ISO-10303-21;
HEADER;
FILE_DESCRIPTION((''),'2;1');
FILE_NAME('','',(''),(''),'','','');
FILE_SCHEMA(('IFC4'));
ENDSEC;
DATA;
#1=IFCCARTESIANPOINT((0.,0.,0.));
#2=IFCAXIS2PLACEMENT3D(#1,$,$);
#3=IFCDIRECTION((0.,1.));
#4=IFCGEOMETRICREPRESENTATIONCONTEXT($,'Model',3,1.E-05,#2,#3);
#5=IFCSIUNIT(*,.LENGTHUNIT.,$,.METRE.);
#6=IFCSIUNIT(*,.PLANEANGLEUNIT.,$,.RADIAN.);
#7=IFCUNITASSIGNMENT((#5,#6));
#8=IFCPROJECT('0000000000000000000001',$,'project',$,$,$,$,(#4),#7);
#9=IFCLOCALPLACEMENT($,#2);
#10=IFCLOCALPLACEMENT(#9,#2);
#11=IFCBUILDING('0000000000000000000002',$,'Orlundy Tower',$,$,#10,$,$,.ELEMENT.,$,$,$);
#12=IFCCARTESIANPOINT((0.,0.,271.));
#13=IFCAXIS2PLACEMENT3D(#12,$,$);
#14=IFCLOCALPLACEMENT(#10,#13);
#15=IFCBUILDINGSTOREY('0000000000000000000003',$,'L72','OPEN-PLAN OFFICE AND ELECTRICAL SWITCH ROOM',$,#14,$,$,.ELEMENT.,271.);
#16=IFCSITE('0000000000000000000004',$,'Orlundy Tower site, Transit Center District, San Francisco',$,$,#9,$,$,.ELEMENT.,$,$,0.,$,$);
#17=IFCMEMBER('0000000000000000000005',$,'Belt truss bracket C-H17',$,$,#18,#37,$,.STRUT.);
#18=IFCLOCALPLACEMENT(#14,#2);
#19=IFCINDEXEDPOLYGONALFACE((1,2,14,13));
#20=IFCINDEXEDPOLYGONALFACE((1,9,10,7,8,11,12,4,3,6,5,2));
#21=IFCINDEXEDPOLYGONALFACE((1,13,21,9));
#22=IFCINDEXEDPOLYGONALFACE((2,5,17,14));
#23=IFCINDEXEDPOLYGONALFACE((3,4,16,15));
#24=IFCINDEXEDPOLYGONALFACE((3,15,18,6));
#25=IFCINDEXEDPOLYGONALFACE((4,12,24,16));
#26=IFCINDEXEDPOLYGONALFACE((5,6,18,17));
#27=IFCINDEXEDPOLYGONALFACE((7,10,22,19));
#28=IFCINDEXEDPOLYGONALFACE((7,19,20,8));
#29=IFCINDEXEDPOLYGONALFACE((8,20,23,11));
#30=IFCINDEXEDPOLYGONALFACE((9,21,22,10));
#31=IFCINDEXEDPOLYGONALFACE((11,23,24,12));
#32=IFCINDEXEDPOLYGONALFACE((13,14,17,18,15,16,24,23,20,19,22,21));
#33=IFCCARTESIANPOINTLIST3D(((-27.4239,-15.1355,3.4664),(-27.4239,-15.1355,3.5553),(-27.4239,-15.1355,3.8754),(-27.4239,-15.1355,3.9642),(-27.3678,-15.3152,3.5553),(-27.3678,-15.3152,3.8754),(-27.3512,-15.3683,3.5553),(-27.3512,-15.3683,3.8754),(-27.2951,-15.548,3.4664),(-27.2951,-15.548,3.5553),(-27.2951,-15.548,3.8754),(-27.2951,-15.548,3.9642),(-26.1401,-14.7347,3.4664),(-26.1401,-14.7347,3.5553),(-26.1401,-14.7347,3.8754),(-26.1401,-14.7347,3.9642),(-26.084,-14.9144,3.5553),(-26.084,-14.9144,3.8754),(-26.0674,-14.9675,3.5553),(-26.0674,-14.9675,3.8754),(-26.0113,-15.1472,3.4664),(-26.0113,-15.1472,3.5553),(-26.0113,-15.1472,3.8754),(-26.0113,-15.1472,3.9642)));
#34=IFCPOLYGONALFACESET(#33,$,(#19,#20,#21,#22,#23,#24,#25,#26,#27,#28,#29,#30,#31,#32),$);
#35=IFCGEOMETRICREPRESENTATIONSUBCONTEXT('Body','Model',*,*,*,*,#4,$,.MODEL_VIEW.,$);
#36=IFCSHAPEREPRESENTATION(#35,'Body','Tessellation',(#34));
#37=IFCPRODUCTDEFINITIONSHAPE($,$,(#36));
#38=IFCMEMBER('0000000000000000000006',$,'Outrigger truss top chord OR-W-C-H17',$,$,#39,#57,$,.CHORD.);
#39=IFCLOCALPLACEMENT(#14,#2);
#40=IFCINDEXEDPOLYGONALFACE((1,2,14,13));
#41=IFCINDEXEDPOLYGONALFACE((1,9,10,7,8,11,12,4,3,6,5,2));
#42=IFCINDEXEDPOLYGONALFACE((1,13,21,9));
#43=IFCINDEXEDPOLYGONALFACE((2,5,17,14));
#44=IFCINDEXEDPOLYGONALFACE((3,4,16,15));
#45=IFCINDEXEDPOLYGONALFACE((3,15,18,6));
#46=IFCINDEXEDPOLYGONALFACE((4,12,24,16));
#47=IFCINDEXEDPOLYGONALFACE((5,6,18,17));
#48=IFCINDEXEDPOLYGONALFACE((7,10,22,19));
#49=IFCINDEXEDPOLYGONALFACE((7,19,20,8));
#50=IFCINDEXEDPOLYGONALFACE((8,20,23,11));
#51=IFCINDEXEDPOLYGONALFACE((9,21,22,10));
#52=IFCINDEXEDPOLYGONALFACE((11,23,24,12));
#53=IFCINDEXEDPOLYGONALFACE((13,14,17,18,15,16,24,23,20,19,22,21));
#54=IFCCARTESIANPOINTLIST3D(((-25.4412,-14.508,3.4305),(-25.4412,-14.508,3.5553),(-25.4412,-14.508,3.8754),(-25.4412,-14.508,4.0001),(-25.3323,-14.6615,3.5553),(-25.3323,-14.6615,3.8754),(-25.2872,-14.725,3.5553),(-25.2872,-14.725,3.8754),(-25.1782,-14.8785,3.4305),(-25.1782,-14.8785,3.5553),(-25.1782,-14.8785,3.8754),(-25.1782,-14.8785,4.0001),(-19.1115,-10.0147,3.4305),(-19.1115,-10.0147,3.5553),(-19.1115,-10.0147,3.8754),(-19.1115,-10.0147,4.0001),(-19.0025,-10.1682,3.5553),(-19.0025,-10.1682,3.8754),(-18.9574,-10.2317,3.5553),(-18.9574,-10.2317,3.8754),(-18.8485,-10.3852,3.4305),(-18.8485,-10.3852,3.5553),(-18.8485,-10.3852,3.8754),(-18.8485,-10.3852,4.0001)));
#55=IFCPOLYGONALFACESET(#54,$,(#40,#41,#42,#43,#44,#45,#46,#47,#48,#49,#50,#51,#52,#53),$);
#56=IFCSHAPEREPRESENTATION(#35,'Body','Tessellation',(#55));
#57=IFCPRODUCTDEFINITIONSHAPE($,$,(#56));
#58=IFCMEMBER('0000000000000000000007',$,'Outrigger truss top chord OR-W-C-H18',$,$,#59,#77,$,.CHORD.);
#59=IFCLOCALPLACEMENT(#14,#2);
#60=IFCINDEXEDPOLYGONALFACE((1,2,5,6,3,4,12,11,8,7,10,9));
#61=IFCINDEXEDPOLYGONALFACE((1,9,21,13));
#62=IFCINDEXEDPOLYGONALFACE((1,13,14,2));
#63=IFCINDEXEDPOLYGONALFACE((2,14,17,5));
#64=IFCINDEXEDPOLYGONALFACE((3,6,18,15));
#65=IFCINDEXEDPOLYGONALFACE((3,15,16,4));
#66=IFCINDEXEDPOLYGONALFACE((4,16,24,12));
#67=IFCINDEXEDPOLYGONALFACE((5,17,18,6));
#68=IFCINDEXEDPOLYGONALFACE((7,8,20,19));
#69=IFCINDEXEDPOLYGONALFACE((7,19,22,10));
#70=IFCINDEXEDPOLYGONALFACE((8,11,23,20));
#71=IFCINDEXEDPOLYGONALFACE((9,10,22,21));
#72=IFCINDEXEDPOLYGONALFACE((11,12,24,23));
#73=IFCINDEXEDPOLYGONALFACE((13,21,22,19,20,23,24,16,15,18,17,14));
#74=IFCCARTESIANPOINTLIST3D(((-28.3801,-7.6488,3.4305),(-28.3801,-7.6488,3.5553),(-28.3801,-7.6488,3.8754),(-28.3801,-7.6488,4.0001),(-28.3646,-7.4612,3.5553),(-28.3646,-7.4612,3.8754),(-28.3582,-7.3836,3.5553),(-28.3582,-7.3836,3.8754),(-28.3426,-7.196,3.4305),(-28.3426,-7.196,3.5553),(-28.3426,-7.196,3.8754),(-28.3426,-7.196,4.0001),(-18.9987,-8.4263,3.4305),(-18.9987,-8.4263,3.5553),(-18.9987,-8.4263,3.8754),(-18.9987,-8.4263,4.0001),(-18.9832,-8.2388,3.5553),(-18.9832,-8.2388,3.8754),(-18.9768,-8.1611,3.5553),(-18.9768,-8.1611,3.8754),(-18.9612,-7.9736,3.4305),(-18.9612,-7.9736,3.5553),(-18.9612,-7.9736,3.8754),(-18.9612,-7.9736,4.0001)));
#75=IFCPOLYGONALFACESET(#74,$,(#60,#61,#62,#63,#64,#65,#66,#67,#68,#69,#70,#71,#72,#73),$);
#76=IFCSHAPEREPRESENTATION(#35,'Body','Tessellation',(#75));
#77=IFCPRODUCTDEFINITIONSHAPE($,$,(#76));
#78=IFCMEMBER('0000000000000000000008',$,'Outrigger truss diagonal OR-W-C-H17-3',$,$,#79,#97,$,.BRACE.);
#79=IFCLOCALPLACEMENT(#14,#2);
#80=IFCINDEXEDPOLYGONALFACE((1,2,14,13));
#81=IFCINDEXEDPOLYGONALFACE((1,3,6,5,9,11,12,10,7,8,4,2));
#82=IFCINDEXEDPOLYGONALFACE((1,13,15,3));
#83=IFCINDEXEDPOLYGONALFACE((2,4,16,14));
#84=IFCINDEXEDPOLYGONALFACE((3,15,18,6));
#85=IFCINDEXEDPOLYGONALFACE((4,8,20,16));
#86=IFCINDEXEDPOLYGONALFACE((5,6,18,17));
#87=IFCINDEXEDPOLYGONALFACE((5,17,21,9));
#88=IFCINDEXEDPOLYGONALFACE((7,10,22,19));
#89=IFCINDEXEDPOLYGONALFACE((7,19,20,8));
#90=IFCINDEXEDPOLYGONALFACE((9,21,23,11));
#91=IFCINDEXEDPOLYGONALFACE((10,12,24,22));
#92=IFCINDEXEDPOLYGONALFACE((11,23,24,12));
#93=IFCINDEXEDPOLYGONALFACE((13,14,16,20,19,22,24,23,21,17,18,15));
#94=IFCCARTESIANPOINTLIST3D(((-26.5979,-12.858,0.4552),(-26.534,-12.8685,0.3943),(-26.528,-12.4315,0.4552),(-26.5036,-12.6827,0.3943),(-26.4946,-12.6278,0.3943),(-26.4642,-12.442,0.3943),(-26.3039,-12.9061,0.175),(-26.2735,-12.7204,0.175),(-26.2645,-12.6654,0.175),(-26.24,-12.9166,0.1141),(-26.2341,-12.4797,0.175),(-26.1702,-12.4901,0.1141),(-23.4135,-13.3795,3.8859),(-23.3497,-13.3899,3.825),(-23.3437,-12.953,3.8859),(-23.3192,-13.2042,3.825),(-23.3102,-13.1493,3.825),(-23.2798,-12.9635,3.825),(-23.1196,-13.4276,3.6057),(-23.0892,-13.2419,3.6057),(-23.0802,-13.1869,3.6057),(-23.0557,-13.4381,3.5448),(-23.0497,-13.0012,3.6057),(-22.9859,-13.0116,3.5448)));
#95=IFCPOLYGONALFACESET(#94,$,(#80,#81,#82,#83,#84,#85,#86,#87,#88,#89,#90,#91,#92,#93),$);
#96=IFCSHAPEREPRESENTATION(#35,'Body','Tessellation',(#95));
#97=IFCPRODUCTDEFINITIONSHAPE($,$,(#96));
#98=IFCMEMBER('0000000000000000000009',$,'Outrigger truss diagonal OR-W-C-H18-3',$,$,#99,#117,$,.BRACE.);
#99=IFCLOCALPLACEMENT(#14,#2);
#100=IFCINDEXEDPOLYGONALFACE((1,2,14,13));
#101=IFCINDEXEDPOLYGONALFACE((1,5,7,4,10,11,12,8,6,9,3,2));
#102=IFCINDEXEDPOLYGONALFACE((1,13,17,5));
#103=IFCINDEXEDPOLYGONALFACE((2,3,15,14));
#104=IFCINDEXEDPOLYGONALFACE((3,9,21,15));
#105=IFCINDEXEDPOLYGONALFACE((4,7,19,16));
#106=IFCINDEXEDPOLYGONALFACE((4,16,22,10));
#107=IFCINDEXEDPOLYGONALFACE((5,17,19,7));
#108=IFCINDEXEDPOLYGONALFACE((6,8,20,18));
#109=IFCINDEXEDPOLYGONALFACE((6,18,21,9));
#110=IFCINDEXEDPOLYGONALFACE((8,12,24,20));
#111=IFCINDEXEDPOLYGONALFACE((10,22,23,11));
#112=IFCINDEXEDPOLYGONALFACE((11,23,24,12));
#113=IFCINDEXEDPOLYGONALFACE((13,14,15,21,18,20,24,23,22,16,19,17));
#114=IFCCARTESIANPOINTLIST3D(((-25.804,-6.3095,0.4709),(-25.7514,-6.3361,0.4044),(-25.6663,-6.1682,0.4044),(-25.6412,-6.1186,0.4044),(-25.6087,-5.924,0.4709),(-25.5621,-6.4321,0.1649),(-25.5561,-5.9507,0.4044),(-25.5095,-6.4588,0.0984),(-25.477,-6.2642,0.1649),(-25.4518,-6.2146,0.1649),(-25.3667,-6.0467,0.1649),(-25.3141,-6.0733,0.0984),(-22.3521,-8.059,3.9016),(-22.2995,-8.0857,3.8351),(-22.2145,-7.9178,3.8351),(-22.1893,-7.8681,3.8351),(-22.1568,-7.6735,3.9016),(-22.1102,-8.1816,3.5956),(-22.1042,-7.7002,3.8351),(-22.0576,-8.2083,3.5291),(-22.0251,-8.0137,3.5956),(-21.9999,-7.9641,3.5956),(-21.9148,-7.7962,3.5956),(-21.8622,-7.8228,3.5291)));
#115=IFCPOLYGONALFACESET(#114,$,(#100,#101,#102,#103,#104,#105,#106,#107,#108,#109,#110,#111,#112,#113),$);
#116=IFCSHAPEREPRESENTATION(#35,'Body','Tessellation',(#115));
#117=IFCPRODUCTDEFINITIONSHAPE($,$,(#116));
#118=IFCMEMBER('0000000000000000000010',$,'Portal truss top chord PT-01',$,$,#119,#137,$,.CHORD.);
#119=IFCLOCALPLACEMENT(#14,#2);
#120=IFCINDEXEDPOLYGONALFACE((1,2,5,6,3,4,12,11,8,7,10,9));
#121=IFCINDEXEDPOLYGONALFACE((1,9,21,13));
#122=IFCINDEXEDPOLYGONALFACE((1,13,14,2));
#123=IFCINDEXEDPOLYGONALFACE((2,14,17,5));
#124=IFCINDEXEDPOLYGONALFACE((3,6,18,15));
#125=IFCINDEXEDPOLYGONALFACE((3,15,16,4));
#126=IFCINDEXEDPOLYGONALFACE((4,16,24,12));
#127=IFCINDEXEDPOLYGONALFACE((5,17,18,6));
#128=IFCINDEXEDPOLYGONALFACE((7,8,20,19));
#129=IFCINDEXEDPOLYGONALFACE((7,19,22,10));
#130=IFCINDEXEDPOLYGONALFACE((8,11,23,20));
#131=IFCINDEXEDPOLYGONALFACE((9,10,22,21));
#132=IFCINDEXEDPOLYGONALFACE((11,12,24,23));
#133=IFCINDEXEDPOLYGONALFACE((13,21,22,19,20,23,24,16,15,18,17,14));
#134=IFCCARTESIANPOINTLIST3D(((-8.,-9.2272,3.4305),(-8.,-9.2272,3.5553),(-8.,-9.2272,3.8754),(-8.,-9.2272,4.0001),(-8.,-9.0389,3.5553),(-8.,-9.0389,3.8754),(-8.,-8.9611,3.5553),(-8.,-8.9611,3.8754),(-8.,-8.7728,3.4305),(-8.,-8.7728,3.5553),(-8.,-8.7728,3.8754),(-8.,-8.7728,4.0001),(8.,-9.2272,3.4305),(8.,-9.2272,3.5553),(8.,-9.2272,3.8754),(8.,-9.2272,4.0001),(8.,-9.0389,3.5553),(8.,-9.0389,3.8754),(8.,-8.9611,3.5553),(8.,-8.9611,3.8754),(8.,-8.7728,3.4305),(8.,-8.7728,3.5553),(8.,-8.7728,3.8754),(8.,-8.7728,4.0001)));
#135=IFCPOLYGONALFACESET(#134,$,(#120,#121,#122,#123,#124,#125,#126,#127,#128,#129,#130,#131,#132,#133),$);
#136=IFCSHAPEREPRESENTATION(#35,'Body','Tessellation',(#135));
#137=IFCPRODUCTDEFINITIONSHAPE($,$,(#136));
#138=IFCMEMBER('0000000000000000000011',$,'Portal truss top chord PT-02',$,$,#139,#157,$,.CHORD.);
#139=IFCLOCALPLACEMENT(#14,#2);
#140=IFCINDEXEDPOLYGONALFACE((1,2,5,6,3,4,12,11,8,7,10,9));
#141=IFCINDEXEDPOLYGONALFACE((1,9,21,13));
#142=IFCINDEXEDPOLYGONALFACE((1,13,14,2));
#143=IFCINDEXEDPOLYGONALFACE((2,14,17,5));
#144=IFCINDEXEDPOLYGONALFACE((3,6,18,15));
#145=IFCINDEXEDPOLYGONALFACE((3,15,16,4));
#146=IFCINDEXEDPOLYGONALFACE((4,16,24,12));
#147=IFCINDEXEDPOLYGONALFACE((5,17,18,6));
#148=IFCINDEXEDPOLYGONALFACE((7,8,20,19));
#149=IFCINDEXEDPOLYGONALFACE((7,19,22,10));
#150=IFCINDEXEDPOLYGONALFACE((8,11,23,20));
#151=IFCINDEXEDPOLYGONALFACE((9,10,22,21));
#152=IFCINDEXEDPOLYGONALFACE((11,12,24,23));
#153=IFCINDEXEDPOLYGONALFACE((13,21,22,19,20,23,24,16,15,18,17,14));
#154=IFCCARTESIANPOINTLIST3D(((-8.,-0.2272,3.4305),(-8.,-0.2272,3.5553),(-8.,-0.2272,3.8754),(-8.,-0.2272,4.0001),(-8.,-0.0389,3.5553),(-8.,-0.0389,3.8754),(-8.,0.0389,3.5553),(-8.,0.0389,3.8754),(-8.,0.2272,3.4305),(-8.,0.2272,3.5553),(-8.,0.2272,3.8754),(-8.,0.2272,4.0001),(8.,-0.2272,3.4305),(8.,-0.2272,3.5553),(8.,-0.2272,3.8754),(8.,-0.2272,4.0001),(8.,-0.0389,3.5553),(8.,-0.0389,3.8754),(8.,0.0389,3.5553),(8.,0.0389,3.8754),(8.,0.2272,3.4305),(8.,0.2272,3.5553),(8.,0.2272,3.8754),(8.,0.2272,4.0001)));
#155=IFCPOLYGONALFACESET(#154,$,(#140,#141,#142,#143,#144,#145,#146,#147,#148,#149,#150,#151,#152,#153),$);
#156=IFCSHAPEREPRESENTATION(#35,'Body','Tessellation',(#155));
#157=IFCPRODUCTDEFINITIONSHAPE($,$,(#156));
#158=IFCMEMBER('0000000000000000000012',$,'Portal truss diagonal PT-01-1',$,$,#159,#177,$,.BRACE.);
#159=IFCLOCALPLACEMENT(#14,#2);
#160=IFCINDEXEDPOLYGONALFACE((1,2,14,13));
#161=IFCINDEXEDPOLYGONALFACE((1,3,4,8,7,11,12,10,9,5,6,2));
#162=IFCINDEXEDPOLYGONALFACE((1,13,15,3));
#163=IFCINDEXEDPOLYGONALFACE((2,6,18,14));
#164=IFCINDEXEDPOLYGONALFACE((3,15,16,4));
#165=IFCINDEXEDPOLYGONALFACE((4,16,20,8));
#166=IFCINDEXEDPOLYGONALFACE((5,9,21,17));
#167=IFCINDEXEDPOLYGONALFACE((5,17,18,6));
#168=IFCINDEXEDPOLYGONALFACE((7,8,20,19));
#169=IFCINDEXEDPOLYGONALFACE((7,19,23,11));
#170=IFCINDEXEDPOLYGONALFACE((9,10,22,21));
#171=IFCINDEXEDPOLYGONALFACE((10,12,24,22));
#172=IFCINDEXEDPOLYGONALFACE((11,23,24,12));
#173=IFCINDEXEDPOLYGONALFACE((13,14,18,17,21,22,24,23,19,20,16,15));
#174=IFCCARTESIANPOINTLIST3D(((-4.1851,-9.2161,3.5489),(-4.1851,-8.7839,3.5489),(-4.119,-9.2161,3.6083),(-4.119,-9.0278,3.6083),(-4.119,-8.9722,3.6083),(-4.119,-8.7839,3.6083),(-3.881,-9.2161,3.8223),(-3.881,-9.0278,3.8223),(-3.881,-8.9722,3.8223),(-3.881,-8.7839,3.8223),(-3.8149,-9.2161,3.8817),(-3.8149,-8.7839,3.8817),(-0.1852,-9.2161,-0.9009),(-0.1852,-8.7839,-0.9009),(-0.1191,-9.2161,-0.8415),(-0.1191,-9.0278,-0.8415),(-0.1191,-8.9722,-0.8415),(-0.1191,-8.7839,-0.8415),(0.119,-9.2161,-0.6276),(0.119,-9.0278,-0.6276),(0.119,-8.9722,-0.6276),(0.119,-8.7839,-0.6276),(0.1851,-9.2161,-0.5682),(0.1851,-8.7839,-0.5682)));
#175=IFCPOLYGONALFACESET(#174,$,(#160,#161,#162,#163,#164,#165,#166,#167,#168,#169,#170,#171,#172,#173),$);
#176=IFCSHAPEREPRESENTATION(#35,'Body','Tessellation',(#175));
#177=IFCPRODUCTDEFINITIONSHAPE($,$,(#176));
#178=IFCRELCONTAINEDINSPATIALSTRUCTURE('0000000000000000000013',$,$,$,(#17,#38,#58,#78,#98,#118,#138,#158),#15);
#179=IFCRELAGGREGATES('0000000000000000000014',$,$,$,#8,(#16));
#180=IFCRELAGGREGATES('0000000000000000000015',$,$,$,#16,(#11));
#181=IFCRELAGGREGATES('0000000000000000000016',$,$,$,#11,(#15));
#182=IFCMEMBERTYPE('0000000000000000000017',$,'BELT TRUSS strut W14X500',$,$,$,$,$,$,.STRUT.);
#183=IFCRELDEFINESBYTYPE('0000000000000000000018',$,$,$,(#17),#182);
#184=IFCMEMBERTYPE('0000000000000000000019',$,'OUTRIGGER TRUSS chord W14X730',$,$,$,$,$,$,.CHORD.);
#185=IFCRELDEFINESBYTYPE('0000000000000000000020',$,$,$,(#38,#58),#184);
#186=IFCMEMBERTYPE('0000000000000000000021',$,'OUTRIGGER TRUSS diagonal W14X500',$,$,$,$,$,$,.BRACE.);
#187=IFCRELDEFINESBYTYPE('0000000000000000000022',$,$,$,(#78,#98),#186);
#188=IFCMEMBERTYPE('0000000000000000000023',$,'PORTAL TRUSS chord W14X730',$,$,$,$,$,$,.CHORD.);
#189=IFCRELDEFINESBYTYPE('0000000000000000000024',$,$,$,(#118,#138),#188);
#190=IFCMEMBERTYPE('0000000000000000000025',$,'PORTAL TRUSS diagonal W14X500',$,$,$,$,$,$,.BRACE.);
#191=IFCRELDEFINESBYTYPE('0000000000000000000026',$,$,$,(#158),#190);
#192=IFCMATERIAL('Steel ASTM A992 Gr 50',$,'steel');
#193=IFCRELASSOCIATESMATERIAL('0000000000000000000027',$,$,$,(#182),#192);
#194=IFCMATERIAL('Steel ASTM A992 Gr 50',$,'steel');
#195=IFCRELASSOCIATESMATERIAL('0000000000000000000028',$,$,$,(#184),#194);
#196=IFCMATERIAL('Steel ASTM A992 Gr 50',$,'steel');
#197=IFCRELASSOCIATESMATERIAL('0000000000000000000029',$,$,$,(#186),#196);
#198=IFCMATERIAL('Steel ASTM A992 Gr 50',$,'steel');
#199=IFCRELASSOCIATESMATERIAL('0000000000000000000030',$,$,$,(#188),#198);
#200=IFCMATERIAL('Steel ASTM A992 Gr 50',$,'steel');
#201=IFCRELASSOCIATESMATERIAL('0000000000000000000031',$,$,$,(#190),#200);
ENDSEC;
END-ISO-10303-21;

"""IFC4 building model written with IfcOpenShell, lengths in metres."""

from ifc_helpers import new_model, si_unit, direction, frame, origin, origin_2d, place, context, subcontext, project, spatial, i_section, extrude, material, material_profile, profile_set, type_object, element, save


model = new_model("IFC4")

# Units and contexts
model_context = context("Model", 3, precision=1e-05, world=origin(), true_north=direction((0.0, 1.0)))
body_context = subcontext(model_context, "Body", "Model", "MODEL_VIEW")
ifc_project = project(units=[si_unit("LENGTHUNIT", "METRE"), si_unit("PLANEANGLEUNIT", "RADIAN")], contexts=[model_context])

# Site, building, storey
site_placement = place(None, origin())
site = spatial("IfcSite", under=ifc_project, at=site_placement, Name="Orlundy Tower site, Transit Center District, San Francisco", CompositionType="ELEMENT", RefElevation=0.0)
building_placement = place(site_placement, origin())
building = spatial("IfcBuilding", under=site, at=building_placement, Name="Orlundy Tower", CompositionType="ELEMENT")
storey_placement = place(building_placement, frame((0.0, 0.0, 271.0)))
storey = spatial("IfcBuildingStorey", under=building, at=storey_placement, Name="L72", Description="OPEN-PLAN OFFICE AND ELECTRICAL SWITCH ROOM", CompositionType="ELEMENT", Elevation=271.0)

# Members
ifc_material_1 = material(Name="Steel ASTM A992 Gr 50", Category="steel")
ifc_material_profile_1 = material_profile(ifc_material_1, i_section(OverallWidth=0.4321, OverallDepth=0.4978, WebThickness=0.0557, FlangeThickness=0.0889, at=origin_2d()), Name="W14X500")
ifc_profile_set_1 = profile_set([ifc_material_profile_1], Name="Steel ASTM A992 Gr 50")
member_type_1 = type_object("IfcMemberType", Name="BELT TRUSS strut W14X500", PredefinedType="STRUT", material=ifc_profile_set_1)
member_1_placement = place(storey_placement, frame((-26.0757, -14.9409, 3.7153), z_axis=(-0.954554, -0.298037, 0.0), x_axis=(0.298037, -0.954554, 0.0)))
element("IfcMember", 1, at=member_1_placement, inside=storey, type_object=member_type_1, Name="Belt truss bracket C-H17", PredefinedType="STRUT", context=body_context, shape_type="SweptSolid", body=[
    extrude(i_section(OverallWidth=0.4321, OverallDepth=0.4978, WebThickness=0.0557, FlangeThickness=0.0889, at=origin_2d()), origin(), (0.0, 0.0, 1.0), 1.345),
])
ifc_material_2 = material(Name="Steel ASTM A992 Gr 50", Category="steel")
ifc_material_profile_2 = material_profile(ifc_material_2, i_section(OverallWidth=0.4543, OverallDepth=0.5696, WebThickness=0.0779, FlangeThickness=0.1248, at=origin_2d()), Name="W14X730")
ifc_profile_set_2 = profile_set([ifc_material_profile_2], Name="Steel ASTM A992 Gr 50")
member_type_2 = type_object("IfcMemberType", Name="OUTRIGGER TRUSS chord W14X730", PredefinedType="CHORD", material=ifc_profile_set_2)
member_2_placement = place(storey_placement, frame((-18.98, -10.2, 3.7153), z_axis=(-0.81543, -0.578856, 0.0), x_axis=(0.578856, -0.81543, 0.0)))
element("IfcMember", 2, at=member_2_placement, inside=storey, type_object=member_type_2, Name="Outrigger truss top chord OR-W-C-H17", PredefinedType="CHORD", context=body_context, shape_type="SweptSolid", body=[
    extrude(i_section(OverallWidth=0.4543, OverallDepth=0.5696, WebThickness=0.0779, FlangeThickness=0.1248, at=origin_2d()), origin(), (0.0, 0.0, 1.0), 7.7625),
])
member_3_placement = place(storey_placement, frame((-18.98, -8.2, 3.7153), z_axis=(-0.996583, 0.082603, 0.0), x_axis=(-0.082603, -0.996583, 0.0)))
element("IfcMember", 3, at=member_3_placement, inside=storey, type_object=member_type_2, Name="Outrigger truss top chord OR-W-C-H18", PredefinedType="CHORD", context=body_context, shape_type="SweptSolid", body=[
    extrude(i_section(OverallWidth=0.4543, OverallDepth=0.5696, WebThickness=0.0779, FlangeThickness=0.1248, at=origin_2d()), origin(), (0.0, 0.0, 1.0), 9.4136),
])
ifc_material_3 = material(Name="Steel ASTM A992 Gr 50", Category="steel")
ifc_material_profile_3 = material_profile(ifc_material_3, i_section(OverallWidth=0.4321, OverallDepth=0.4978, WebThickness=0.0557, FlangeThickness=0.0889, at=origin_2d()), Name="W14X500")
ifc_profile_set_3 = profile_set([ifc_material_profile_3], Name="Steel ASTM A992 Gr 50")
member_type_3 = type_object("IfcMemberType", Name="OUTRIGGER TRUSS diagonal W14X500", PredefinedType="BRACE", material=ifc_profile_set_3)
member_4_placement = place(storey_placement, frame((-23.1997, -13.1956, 3.7153), z_axis=(-0.67612, 0.110725, -0.728424), x_axis=(-0.161613, -0.986854, 0.0)))
element("IfcMember", 4, at=member_4_placement, inside=storey, type_object=member_type_3, Name="Outrigger truss diagonal OR-W-C-H17-3", PredefinedType="BRACE", context=body_context, shape_type="SweptSolid", body=[
    extrude(i_section(OverallWidth=0.4321, OverallDepth=0.4978, WebThickness=0.0557, FlangeThickness=0.0889, at=origin_2d()), origin(), (0.0, 0.0, 1.0), 4.7097),
])
member_5_placement = place(storey_placement, frame((-22.1072, -7.9409, 3.7153), z_axis=(-0.667468, 0.338289, -0.663361), x_axis=(-0.452077, -0.891979, 0.0)))
element("IfcMember", 5, at=member_5_placement, inside=storey, type_object=member_type_3, Name="Outrigger truss diagonal OR-W-C-H18-3", PredefinedType="BRACE", context=body_context, shape_type="SweptSolid", body=[
    extrude(i_section(OverallWidth=0.4321, OverallDepth=0.4978, WebThickness=0.0557, FlangeThickness=0.0889, at=origin_2d()), origin(), (0.0, 0.0, 1.0), 5.1716),
])
ifc_material_4 = material(Name="Steel ASTM A992 Gr 50", Category="steel")
ifc_material_profile_4 = material_profile(ifc_material_4, i_section(OverallWidth=0.4543, OverallDepth=0.5696, WebThickness=0.0779, FlangeThickness=0.1248, at=origin_2d()), Name="W14X730")
ifc_profile_set_4 = profile_set([ifc_material_profile_4], Name="Steel ASTM A992 Gr 50")
member_type_4 = type_object("IfcMemberType", Name="PORTAL TRUSS chord W14X730", PredefinedType="CHORD", material=ifc_profile_set_4)
for number, where, z_axis, x_axis, name in (
    (6, (-8.0, -9.0, 3.7153), (1.0, 0.0, 0.0), (0.0, 1.0, 0.0), "Portal truss top chord PT-01"),
    (7, (-8.0, 0.0, 3.7153), (1.0, 0.0, 0.0), (0.0, 1.0, 0.0), "Portal truss top chord PT-02"),
):
    element("IfcMember", number, at=place(storey_placement, frame(where, z_axis=z_axis, x_axis=x_axis)), inside=storey, type_object=member_type_4, Name=name, PredefinedType="CHORD", context=body_context, shape_type="SweptSolid", body=[
        extrude(i_section(OverallWidth=0.4543, OverallDepth=0.5696, WebThickness=0.0779, FlangeThickness=0.1248, at=origin_2d()), origin(), (0.0, 0.0, 1.0), 16.0),
    ])
ifc_material_5 = material(Name="Steel ASTM A992 Gr 50", Category="steel")
ifc_material_profile_5 = material_profile(ifc_material_5, i_section(OverallWidth=0.4321, OverallDepth=0.4978, WebThickness=0.0557, FlangeThickness=0.0889, at=origin_2d()), Name="W14X500")
ifc_profile_set_5 = profile_set([ifc_material_profile_5], Name="Steel ASTM A992 Gr 50")
member_type_5 = type_object("IfcMemberType", Name="PORTAL TRUSS diagonal W14X500", PredefinedType="BRACE", material=ifc_profile_set_5)
for number, where, z_axis, x_axis, name in (
    (8, (-4.0, -9.0, 3.7153), (0.668507, 0.0, -0.743706), (0.0, 1.0, 0.0), "Portal truss diagonal PT-01-1"),
):
    element("IfcMember", number, at=place(storey_placement, frame(where, z_axis=z_axis, x_axis=x_axis)), inside=storey, type_object=member_type_5, Name=name, PredefinedType="BRACE", context=body_context, shape_type="SweptSolid", body=[
        extrude(i_section(OverallWidth=0.4321, OverallDepth=0.4978, WebThickness=0.0557, FlangeThickness=0.0889, at=origin_2d()), origin(), (0.0, 0.0, 1.0), 5.9834),
    ])

save(model, "model.ifc")
